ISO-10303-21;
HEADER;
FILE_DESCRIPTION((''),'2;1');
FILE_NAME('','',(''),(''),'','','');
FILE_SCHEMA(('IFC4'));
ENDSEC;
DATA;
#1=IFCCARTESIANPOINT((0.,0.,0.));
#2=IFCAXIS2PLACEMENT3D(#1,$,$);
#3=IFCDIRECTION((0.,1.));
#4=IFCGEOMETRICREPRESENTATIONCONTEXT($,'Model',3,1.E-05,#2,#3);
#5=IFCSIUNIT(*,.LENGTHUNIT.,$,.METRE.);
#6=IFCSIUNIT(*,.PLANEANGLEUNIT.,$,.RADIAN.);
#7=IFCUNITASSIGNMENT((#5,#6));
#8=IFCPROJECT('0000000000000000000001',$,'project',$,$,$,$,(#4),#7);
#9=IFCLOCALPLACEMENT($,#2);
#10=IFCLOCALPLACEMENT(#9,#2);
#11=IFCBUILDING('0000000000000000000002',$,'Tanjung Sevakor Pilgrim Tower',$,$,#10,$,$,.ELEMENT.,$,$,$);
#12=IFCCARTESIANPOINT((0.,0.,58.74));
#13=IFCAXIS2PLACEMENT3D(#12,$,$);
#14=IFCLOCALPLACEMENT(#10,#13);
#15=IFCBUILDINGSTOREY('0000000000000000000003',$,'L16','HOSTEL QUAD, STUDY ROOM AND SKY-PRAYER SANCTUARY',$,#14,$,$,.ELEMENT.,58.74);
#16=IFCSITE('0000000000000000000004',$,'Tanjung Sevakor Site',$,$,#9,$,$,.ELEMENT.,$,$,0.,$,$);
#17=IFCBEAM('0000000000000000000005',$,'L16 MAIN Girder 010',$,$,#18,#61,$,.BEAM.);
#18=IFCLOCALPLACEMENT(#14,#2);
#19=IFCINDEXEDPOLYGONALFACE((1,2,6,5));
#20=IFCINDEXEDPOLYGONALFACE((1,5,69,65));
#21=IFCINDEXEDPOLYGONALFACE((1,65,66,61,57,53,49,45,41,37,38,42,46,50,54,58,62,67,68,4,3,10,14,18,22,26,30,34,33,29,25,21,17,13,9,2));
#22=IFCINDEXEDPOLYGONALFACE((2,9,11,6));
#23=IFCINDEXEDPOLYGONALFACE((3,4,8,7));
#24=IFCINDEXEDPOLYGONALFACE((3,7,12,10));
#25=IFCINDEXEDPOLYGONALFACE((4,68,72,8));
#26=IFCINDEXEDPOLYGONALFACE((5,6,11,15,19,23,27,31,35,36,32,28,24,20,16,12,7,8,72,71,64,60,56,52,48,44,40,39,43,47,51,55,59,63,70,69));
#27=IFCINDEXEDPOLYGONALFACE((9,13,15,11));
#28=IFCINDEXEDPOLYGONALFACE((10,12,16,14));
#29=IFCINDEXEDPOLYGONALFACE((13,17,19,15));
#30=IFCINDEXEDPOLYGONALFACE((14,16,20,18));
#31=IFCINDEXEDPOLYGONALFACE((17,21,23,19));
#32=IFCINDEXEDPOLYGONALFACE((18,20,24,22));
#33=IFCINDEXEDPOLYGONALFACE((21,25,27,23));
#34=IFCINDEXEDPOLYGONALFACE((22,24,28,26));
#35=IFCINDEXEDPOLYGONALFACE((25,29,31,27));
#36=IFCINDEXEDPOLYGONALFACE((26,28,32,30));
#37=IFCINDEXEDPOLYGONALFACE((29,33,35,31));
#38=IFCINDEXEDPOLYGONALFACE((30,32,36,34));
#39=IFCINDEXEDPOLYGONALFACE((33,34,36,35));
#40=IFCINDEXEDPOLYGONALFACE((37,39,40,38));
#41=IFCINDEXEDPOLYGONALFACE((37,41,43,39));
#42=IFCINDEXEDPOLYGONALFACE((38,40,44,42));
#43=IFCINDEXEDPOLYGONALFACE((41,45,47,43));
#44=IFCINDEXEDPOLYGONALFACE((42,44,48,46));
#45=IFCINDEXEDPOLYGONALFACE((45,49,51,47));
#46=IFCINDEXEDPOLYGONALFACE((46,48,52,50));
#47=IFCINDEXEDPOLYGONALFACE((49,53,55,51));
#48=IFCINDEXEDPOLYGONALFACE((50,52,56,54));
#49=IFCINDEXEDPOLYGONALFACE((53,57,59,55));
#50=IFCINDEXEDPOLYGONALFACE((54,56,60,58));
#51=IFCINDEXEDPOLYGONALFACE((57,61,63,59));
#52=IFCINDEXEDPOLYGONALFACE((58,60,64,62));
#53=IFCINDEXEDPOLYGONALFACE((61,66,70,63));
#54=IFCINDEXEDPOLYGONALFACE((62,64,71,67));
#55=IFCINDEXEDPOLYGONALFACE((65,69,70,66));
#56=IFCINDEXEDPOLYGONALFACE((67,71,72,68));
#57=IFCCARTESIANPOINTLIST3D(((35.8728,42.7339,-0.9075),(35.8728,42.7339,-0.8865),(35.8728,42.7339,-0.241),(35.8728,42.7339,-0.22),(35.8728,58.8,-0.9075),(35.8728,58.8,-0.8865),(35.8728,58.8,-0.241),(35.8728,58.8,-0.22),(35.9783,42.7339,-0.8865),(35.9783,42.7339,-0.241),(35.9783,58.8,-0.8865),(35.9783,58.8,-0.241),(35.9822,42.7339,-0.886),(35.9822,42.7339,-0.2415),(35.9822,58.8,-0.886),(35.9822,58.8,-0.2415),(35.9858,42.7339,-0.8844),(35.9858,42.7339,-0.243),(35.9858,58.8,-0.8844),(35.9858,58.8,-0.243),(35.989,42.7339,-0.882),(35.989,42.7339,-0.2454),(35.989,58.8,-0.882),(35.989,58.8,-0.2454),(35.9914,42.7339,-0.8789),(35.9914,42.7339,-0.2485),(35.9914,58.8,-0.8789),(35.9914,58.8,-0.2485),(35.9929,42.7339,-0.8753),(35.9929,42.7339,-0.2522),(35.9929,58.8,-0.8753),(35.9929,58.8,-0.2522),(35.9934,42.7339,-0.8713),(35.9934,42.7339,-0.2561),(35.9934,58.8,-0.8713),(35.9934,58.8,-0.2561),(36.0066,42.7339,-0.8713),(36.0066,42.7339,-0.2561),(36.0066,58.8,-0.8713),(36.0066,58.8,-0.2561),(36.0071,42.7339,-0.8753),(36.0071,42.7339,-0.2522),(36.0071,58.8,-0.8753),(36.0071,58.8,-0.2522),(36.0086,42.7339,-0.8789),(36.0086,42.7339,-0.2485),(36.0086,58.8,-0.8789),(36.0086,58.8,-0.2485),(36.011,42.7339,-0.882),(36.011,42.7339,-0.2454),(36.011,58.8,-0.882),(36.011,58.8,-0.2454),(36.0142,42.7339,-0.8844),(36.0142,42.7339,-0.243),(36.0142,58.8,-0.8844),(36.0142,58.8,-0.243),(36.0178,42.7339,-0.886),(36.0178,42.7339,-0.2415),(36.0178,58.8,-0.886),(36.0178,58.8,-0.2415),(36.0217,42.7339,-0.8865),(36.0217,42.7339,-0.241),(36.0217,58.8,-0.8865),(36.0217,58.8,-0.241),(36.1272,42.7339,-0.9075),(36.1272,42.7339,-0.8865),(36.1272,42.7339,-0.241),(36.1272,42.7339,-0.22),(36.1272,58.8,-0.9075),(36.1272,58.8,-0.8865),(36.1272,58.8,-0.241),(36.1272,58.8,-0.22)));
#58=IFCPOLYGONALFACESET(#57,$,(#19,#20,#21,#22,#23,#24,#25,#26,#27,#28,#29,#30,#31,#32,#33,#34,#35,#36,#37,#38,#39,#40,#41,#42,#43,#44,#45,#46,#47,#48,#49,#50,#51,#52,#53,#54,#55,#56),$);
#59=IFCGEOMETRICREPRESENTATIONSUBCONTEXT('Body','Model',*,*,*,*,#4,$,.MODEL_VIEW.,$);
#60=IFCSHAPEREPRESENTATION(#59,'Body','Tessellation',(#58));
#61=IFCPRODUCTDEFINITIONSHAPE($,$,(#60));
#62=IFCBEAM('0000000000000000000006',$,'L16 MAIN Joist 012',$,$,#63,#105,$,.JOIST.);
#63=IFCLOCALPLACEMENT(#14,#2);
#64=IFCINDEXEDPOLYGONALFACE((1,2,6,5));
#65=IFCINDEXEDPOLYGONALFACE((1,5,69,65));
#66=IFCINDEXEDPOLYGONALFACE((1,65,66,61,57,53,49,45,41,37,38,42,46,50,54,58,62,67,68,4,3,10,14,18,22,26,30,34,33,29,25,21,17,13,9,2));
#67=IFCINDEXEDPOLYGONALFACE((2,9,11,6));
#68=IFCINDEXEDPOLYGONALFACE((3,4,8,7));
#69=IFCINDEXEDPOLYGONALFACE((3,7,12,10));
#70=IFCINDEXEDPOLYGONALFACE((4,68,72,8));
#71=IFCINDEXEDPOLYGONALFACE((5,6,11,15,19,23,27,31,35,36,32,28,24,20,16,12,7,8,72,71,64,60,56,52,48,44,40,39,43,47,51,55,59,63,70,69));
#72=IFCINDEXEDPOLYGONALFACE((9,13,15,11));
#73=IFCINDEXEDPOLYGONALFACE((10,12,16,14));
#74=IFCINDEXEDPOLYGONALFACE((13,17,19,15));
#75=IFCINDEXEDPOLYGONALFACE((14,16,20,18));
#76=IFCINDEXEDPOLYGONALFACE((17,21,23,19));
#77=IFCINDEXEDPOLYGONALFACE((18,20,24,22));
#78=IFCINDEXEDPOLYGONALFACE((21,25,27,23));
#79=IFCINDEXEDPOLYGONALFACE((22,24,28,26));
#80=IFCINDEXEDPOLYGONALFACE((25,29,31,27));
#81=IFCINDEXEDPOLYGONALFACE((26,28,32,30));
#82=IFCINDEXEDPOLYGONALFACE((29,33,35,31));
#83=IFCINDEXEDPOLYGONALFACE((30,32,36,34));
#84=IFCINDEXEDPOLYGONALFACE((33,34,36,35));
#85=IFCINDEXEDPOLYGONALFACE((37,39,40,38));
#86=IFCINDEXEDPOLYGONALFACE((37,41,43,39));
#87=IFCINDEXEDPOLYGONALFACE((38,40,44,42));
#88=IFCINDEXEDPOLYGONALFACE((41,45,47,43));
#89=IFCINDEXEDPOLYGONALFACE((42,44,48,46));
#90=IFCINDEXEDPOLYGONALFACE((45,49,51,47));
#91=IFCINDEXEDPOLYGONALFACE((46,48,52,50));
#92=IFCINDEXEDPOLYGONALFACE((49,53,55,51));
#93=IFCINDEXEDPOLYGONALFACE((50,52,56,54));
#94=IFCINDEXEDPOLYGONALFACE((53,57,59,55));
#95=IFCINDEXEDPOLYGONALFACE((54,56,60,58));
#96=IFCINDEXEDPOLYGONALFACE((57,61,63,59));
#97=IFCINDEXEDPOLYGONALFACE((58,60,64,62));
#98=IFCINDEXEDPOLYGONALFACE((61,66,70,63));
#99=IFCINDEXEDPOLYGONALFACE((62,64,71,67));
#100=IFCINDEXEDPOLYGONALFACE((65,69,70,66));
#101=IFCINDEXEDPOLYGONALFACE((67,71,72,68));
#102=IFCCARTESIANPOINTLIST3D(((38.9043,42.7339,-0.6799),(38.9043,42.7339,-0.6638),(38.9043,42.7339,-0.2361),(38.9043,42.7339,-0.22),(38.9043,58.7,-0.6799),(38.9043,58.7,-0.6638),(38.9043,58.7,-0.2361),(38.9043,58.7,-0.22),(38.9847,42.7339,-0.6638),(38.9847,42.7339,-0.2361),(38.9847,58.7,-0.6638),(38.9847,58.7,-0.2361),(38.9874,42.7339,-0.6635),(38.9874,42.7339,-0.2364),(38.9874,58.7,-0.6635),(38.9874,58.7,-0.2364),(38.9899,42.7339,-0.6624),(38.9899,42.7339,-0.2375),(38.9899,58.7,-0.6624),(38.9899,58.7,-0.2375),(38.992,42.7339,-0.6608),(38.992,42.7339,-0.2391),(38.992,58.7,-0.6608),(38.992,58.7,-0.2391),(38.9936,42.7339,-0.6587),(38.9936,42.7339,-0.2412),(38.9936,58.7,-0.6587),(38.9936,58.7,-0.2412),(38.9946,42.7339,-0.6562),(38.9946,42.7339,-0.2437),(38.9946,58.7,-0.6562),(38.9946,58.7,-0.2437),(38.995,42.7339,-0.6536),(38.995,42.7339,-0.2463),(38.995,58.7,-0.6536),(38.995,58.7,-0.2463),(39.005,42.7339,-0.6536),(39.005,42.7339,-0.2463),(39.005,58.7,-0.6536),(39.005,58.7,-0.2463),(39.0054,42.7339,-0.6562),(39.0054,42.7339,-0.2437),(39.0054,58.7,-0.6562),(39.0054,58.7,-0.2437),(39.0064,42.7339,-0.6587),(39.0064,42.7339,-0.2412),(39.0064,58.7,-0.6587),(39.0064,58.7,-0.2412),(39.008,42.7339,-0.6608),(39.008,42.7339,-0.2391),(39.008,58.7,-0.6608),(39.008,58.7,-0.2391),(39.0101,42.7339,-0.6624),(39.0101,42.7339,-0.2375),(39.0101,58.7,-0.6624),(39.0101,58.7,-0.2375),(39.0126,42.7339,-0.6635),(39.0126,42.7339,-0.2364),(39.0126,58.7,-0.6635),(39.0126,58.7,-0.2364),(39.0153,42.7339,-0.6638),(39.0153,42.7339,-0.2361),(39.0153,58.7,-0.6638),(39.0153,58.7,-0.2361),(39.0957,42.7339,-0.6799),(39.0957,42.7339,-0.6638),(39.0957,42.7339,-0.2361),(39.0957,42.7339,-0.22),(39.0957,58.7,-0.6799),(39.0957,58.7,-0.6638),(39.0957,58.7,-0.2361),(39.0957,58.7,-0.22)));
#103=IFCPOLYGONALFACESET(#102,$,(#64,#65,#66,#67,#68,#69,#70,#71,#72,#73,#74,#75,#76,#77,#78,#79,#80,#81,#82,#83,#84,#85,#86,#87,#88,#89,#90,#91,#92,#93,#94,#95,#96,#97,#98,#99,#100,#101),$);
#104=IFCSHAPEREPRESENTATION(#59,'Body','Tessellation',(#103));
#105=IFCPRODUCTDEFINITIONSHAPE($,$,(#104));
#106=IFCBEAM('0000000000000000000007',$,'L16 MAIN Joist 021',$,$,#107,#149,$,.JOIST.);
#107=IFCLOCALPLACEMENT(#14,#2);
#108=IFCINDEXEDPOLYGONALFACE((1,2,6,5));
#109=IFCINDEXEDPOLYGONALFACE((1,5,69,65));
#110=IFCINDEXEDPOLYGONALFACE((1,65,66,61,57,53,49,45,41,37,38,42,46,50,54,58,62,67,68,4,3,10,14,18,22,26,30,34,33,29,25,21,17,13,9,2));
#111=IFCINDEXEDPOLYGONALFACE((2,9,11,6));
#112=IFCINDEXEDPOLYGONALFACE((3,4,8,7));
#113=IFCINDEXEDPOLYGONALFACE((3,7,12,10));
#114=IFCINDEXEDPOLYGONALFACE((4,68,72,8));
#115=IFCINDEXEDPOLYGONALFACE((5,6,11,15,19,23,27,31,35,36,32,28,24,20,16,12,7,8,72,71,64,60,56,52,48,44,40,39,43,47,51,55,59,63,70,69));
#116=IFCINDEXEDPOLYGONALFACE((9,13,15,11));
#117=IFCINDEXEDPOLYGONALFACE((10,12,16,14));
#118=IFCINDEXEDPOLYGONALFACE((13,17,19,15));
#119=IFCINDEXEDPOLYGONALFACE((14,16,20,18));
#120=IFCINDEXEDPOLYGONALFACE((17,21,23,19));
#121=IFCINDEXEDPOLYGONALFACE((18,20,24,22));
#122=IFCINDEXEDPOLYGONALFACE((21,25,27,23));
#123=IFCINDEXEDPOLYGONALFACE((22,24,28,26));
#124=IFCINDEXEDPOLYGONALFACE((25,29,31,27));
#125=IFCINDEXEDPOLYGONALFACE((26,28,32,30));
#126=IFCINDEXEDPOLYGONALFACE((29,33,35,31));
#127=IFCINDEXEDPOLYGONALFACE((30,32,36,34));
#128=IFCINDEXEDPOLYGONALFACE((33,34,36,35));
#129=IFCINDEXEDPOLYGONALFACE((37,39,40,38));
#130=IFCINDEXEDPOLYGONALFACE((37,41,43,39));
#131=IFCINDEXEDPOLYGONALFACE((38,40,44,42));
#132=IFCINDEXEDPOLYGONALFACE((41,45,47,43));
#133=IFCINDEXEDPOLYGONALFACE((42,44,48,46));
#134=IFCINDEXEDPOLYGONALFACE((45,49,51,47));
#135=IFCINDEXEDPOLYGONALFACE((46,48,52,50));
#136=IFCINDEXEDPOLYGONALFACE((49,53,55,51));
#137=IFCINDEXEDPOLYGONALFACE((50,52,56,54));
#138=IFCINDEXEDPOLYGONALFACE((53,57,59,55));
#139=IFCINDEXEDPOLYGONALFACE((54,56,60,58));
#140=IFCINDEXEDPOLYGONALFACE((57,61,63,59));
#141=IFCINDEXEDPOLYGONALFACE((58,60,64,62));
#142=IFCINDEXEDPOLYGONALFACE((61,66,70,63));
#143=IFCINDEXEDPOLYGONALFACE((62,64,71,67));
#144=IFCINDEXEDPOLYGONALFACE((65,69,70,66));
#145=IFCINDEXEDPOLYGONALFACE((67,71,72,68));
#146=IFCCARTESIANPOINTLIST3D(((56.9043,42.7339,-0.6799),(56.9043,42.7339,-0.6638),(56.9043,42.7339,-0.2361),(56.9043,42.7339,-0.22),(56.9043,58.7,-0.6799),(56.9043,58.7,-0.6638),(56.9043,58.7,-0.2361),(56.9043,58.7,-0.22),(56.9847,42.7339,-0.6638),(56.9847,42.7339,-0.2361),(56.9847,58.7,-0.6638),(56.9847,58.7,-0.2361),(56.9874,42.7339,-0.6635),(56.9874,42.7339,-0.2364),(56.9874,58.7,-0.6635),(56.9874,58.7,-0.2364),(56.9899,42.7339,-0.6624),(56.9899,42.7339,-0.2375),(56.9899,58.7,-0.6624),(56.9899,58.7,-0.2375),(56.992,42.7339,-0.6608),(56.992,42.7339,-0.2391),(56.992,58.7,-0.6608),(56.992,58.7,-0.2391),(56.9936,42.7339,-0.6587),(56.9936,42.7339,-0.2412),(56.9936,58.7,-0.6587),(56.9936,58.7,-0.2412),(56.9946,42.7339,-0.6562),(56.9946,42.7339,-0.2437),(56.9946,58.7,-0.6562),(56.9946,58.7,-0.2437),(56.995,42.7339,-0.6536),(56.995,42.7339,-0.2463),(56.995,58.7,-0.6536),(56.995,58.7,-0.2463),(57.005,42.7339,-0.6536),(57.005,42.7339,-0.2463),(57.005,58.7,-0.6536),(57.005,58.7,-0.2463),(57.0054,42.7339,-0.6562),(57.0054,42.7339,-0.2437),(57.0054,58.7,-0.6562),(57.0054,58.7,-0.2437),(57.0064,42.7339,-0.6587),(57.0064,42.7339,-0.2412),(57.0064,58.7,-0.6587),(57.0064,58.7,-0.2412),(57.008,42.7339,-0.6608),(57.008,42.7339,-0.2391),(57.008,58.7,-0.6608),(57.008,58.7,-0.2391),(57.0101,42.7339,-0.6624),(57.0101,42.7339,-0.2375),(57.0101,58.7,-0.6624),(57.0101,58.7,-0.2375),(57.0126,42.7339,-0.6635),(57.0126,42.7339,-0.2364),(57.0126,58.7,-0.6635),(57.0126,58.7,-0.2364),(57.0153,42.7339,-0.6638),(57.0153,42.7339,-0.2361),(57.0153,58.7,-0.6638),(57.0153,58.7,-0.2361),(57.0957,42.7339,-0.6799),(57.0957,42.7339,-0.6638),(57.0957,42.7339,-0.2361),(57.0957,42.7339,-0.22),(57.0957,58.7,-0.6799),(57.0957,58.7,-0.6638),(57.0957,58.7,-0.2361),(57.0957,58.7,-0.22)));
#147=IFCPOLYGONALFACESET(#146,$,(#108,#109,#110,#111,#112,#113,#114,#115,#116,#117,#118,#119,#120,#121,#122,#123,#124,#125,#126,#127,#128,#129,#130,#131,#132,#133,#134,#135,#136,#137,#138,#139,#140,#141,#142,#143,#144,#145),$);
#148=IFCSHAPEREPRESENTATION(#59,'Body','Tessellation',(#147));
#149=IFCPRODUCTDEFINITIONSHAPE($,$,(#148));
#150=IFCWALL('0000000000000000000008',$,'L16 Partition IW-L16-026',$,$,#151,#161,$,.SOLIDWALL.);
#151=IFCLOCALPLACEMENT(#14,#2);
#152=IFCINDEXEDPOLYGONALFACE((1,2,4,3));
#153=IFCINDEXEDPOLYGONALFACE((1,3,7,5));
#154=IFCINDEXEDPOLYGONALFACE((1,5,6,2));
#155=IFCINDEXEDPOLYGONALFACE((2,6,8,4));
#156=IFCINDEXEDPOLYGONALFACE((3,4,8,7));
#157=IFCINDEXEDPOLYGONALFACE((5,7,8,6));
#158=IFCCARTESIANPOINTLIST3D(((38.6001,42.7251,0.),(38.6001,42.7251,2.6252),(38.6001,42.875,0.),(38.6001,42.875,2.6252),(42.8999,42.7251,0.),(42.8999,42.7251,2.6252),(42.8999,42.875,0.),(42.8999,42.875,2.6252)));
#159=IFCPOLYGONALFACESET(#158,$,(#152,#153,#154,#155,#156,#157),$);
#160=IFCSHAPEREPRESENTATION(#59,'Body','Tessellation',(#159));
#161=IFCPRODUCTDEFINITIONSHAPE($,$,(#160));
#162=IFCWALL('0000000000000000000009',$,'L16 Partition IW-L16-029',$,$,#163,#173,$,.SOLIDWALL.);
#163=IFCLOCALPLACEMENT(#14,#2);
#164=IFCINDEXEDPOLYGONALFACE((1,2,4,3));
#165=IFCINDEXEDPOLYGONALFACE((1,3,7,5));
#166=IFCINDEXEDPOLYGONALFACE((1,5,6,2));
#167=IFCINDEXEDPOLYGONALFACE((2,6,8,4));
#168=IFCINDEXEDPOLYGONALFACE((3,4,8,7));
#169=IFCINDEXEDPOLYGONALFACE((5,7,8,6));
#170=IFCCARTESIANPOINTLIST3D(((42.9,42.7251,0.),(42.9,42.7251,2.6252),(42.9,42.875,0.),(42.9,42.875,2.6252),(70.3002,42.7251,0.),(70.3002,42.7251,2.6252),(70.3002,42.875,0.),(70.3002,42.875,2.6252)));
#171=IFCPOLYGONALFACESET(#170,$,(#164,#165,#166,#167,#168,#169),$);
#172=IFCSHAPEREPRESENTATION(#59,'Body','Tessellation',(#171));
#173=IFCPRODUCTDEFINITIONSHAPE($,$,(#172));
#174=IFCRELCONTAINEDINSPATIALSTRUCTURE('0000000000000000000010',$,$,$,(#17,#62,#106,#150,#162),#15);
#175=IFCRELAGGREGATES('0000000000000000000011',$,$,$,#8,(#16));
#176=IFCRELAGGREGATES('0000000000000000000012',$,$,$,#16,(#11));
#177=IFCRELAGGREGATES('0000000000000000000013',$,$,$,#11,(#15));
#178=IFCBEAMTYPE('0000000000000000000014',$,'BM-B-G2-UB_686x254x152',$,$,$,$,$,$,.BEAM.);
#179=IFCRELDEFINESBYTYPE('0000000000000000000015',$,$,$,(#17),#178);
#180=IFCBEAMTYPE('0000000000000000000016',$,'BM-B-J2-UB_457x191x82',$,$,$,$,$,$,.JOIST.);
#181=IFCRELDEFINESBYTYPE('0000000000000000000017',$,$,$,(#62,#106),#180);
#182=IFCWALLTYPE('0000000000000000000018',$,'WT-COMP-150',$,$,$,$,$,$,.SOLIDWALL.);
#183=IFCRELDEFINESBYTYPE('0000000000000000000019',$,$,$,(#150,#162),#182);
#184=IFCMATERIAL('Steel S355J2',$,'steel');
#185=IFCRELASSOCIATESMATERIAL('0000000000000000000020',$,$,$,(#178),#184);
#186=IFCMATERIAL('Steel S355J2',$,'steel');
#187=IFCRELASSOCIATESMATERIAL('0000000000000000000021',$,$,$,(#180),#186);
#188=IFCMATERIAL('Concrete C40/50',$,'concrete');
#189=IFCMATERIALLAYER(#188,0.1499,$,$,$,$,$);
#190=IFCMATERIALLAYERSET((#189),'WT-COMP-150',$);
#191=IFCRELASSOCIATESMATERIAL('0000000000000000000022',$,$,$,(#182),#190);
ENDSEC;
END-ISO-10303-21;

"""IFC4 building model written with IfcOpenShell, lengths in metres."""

from ifc_helpers import new_model, si_unit, direction, frame, frame_2d, origin, origin_2d, place, context, subcontext, project, spatial, rectangle, i_section, extrude, material, layer, layer_set, material_profile, profile_set, type_object, element, save


model = new_model("IFC4")

# Units and contexts
model_context = context("Model", 3, precision=1e-05, world=origin(), true_north=direction((0.0, 1.0)))
body_context = subcontext(model_context, "Body", "Model", "MODEL_VIEW")
ifc_project = project(units=[si_unit("LENGTHUNIT", "METRE"), si_unit("PLANEANGLEUNIT", "RADIAN")], contexts=[model_context])

# Site, building, storey
site_placement = place(None, origin())
site = spatial("IfcSite", under=ifc_project, at=site_placement, Name="Tanjung Sevakor Site", CompositionType="ELEMENT", RefElevation=0.0)
building_placement = place(site_placement, origin())
building = spatial("IfcBuilding", under=site, at=building_placement, Name="Tanjung Sevakor Pilgrim Tower", CompositionType="ELEMENT")
storey_placement = place(building_placement, frame((0.0, 0.0, 58.74)))
storey = spatial("IfcBuildingStorey", under=building, at=storey_placement, Name="L16", Description="HOSTEL QUAD, STUDY ROOM AND SKY-PRAYER SANCTUARY", CompositionType="ELEMENT", Elevation=58.74)

# Beams
ifc_material_1 = material(Name="Steel S355J2", Category="steel")
ifc_material_profile_1 = material_profile(ifc_material_1, i_section(OverallWidth=0.2544, OverallDepth=0.6875, WebThickness=0.0132, FlangeThickness=0.021, FilletRadius=0.0151, at=origin_2d()))
ifc_profile_set_1 = profile_set([ifc_material_profile_1], Name="Steel S355J2")
beam_type_1 = type_object("IfcBeamType", Name="BM-B-G2-UB_686x254x152", PredefinedType="BEAM", material=ifc_profile_set_1)
beam_placement = place(storey_placement, frame((36.0, 42.7339, -0.5637), z_axis=(0.0, 1.0, 0.0), x_axis=(-1.0, 0.0, 0.0)))
element("IfcBeam", 1, at=beam_placement, inside=storey, type_object=beam_type_1, Name="L16 MAIN Girder 010", PredefinedType="BEAM", context=body_context, shape_type="SweptSolid", body=[
    extrude(i_section(OverallWidth=0.2544, OverallDepth=0.6875, WebThickness=0.0132, FlangeThickness=0.021, FilletRadius=0.0151, at=origin_2d()), origin(), (0.0, 0.0, 1.0), 16.0662),
])
ifc_material_2 = material(Name="Steel S355J2", Category="steel")
ifc_material_profile_2 = material_profile(ifc_material_2, i_section(OverallWidth=0.1914, OverallDepth=0.46, WebThickness=0.01, FlangeThickness=0.0161, FilletRadius=0.0103, at=origin_2d()))
ifc_profile_set_2 = profile_set([ifc_material_profile_2], Name="Steel S355J2")
beam_type_2 = type_object("IfcBeamType", Name="BM-B-J2-UB_457x191x82", PredefinedType="JOIST", material=ifc_profile_set_2)
for number, where, z_axis, x_axis, name in (
    (2, (39.0, 42.7339, -0.45), (0.0, 1.0, 0.0), (-1.0, 0.0, 0.0), "L16 MAIN Joist 012"),
    (3, (57.0, 42.7339, -0.45), (0.0, 1.0, 0.0), (-1.0, 0.0, 0.0), "L16 MAIN Joist 021"),
):
    element("IfcBeam", number, at=place(storey_placement, frame(where, z_axis=z_axis, x_axis=x_axis)), inside=storey, type_object=beam_type_2, Name=name, PredefinedType="JOIST", context=body_context, shape_type="SweptSolid", body=[
        extrude(i_section(OverallWidth=0.1914, OverallDepth=0.46, WebThickness=0.01, FlangeThickness=0.0161, FilletRadius=0.0103, at=origin_2d()), origin(), (0.0, 0.0, 1.0), 15.9661),
    ])

# Walls
ifc_material_3 = material(Name="Concrete C40/50", Category="concrete")
ifc_layer_1 = layer(ifc_material_3, 0.1499)
ifc_layer_set_1 = layer_set([ifc_layer_1], Name="WT-COMP-150")
wall_type_1 = type_object("IfcWallType", Name="WT-COMP-150", PredefinedType="SOLIDWALL", material=ifc_layer_set_1)
wall_1_placement = place(storey_placement, frame((38.6001, 42.8, 0.0), z_axis=(0.0, 0.0, 1.0), x_axis=(1.0, 0.0, 0.0)))
element("IfcWall", 4, at=wall_1_placement, inside=storey, type_object=wall_type_1, Name="L16 Partition IW-L16-026", PredefinedType="SOLIDWALL", context=body_context, shape_type="SweptSolid", body=[
    extrude(rectangle(XDim=4.2998, YDim=0.1499, at=frame_2d((2.1499, 0.0))), origin(), (0.0, 0.0, 1.0), 2.6252),
])
wall_2_placement = place(storey_placement, frame((42.8999, 42.8, 0.0), z_axis=(0.0, 0.0, 1.0), x_axis=(1.0, 0.0, 0.0)))
element("IfcWall", 5, at=wall_2_placement, inside=storey, type_object=wall_type_1, Name="L16 Partition IW-L16-029", PredefinedType="SOLIDWALL", context=body_context, shape_type="SweptSolid", body=[
    extrude(rectangle(XDim=27.4001, YDim=0.1499, at=frame_2d((13.7002, 0.0))), origin(), (0.0, 0.0, 1.0), 2.6252),
])

save(model, "model.ifc")
